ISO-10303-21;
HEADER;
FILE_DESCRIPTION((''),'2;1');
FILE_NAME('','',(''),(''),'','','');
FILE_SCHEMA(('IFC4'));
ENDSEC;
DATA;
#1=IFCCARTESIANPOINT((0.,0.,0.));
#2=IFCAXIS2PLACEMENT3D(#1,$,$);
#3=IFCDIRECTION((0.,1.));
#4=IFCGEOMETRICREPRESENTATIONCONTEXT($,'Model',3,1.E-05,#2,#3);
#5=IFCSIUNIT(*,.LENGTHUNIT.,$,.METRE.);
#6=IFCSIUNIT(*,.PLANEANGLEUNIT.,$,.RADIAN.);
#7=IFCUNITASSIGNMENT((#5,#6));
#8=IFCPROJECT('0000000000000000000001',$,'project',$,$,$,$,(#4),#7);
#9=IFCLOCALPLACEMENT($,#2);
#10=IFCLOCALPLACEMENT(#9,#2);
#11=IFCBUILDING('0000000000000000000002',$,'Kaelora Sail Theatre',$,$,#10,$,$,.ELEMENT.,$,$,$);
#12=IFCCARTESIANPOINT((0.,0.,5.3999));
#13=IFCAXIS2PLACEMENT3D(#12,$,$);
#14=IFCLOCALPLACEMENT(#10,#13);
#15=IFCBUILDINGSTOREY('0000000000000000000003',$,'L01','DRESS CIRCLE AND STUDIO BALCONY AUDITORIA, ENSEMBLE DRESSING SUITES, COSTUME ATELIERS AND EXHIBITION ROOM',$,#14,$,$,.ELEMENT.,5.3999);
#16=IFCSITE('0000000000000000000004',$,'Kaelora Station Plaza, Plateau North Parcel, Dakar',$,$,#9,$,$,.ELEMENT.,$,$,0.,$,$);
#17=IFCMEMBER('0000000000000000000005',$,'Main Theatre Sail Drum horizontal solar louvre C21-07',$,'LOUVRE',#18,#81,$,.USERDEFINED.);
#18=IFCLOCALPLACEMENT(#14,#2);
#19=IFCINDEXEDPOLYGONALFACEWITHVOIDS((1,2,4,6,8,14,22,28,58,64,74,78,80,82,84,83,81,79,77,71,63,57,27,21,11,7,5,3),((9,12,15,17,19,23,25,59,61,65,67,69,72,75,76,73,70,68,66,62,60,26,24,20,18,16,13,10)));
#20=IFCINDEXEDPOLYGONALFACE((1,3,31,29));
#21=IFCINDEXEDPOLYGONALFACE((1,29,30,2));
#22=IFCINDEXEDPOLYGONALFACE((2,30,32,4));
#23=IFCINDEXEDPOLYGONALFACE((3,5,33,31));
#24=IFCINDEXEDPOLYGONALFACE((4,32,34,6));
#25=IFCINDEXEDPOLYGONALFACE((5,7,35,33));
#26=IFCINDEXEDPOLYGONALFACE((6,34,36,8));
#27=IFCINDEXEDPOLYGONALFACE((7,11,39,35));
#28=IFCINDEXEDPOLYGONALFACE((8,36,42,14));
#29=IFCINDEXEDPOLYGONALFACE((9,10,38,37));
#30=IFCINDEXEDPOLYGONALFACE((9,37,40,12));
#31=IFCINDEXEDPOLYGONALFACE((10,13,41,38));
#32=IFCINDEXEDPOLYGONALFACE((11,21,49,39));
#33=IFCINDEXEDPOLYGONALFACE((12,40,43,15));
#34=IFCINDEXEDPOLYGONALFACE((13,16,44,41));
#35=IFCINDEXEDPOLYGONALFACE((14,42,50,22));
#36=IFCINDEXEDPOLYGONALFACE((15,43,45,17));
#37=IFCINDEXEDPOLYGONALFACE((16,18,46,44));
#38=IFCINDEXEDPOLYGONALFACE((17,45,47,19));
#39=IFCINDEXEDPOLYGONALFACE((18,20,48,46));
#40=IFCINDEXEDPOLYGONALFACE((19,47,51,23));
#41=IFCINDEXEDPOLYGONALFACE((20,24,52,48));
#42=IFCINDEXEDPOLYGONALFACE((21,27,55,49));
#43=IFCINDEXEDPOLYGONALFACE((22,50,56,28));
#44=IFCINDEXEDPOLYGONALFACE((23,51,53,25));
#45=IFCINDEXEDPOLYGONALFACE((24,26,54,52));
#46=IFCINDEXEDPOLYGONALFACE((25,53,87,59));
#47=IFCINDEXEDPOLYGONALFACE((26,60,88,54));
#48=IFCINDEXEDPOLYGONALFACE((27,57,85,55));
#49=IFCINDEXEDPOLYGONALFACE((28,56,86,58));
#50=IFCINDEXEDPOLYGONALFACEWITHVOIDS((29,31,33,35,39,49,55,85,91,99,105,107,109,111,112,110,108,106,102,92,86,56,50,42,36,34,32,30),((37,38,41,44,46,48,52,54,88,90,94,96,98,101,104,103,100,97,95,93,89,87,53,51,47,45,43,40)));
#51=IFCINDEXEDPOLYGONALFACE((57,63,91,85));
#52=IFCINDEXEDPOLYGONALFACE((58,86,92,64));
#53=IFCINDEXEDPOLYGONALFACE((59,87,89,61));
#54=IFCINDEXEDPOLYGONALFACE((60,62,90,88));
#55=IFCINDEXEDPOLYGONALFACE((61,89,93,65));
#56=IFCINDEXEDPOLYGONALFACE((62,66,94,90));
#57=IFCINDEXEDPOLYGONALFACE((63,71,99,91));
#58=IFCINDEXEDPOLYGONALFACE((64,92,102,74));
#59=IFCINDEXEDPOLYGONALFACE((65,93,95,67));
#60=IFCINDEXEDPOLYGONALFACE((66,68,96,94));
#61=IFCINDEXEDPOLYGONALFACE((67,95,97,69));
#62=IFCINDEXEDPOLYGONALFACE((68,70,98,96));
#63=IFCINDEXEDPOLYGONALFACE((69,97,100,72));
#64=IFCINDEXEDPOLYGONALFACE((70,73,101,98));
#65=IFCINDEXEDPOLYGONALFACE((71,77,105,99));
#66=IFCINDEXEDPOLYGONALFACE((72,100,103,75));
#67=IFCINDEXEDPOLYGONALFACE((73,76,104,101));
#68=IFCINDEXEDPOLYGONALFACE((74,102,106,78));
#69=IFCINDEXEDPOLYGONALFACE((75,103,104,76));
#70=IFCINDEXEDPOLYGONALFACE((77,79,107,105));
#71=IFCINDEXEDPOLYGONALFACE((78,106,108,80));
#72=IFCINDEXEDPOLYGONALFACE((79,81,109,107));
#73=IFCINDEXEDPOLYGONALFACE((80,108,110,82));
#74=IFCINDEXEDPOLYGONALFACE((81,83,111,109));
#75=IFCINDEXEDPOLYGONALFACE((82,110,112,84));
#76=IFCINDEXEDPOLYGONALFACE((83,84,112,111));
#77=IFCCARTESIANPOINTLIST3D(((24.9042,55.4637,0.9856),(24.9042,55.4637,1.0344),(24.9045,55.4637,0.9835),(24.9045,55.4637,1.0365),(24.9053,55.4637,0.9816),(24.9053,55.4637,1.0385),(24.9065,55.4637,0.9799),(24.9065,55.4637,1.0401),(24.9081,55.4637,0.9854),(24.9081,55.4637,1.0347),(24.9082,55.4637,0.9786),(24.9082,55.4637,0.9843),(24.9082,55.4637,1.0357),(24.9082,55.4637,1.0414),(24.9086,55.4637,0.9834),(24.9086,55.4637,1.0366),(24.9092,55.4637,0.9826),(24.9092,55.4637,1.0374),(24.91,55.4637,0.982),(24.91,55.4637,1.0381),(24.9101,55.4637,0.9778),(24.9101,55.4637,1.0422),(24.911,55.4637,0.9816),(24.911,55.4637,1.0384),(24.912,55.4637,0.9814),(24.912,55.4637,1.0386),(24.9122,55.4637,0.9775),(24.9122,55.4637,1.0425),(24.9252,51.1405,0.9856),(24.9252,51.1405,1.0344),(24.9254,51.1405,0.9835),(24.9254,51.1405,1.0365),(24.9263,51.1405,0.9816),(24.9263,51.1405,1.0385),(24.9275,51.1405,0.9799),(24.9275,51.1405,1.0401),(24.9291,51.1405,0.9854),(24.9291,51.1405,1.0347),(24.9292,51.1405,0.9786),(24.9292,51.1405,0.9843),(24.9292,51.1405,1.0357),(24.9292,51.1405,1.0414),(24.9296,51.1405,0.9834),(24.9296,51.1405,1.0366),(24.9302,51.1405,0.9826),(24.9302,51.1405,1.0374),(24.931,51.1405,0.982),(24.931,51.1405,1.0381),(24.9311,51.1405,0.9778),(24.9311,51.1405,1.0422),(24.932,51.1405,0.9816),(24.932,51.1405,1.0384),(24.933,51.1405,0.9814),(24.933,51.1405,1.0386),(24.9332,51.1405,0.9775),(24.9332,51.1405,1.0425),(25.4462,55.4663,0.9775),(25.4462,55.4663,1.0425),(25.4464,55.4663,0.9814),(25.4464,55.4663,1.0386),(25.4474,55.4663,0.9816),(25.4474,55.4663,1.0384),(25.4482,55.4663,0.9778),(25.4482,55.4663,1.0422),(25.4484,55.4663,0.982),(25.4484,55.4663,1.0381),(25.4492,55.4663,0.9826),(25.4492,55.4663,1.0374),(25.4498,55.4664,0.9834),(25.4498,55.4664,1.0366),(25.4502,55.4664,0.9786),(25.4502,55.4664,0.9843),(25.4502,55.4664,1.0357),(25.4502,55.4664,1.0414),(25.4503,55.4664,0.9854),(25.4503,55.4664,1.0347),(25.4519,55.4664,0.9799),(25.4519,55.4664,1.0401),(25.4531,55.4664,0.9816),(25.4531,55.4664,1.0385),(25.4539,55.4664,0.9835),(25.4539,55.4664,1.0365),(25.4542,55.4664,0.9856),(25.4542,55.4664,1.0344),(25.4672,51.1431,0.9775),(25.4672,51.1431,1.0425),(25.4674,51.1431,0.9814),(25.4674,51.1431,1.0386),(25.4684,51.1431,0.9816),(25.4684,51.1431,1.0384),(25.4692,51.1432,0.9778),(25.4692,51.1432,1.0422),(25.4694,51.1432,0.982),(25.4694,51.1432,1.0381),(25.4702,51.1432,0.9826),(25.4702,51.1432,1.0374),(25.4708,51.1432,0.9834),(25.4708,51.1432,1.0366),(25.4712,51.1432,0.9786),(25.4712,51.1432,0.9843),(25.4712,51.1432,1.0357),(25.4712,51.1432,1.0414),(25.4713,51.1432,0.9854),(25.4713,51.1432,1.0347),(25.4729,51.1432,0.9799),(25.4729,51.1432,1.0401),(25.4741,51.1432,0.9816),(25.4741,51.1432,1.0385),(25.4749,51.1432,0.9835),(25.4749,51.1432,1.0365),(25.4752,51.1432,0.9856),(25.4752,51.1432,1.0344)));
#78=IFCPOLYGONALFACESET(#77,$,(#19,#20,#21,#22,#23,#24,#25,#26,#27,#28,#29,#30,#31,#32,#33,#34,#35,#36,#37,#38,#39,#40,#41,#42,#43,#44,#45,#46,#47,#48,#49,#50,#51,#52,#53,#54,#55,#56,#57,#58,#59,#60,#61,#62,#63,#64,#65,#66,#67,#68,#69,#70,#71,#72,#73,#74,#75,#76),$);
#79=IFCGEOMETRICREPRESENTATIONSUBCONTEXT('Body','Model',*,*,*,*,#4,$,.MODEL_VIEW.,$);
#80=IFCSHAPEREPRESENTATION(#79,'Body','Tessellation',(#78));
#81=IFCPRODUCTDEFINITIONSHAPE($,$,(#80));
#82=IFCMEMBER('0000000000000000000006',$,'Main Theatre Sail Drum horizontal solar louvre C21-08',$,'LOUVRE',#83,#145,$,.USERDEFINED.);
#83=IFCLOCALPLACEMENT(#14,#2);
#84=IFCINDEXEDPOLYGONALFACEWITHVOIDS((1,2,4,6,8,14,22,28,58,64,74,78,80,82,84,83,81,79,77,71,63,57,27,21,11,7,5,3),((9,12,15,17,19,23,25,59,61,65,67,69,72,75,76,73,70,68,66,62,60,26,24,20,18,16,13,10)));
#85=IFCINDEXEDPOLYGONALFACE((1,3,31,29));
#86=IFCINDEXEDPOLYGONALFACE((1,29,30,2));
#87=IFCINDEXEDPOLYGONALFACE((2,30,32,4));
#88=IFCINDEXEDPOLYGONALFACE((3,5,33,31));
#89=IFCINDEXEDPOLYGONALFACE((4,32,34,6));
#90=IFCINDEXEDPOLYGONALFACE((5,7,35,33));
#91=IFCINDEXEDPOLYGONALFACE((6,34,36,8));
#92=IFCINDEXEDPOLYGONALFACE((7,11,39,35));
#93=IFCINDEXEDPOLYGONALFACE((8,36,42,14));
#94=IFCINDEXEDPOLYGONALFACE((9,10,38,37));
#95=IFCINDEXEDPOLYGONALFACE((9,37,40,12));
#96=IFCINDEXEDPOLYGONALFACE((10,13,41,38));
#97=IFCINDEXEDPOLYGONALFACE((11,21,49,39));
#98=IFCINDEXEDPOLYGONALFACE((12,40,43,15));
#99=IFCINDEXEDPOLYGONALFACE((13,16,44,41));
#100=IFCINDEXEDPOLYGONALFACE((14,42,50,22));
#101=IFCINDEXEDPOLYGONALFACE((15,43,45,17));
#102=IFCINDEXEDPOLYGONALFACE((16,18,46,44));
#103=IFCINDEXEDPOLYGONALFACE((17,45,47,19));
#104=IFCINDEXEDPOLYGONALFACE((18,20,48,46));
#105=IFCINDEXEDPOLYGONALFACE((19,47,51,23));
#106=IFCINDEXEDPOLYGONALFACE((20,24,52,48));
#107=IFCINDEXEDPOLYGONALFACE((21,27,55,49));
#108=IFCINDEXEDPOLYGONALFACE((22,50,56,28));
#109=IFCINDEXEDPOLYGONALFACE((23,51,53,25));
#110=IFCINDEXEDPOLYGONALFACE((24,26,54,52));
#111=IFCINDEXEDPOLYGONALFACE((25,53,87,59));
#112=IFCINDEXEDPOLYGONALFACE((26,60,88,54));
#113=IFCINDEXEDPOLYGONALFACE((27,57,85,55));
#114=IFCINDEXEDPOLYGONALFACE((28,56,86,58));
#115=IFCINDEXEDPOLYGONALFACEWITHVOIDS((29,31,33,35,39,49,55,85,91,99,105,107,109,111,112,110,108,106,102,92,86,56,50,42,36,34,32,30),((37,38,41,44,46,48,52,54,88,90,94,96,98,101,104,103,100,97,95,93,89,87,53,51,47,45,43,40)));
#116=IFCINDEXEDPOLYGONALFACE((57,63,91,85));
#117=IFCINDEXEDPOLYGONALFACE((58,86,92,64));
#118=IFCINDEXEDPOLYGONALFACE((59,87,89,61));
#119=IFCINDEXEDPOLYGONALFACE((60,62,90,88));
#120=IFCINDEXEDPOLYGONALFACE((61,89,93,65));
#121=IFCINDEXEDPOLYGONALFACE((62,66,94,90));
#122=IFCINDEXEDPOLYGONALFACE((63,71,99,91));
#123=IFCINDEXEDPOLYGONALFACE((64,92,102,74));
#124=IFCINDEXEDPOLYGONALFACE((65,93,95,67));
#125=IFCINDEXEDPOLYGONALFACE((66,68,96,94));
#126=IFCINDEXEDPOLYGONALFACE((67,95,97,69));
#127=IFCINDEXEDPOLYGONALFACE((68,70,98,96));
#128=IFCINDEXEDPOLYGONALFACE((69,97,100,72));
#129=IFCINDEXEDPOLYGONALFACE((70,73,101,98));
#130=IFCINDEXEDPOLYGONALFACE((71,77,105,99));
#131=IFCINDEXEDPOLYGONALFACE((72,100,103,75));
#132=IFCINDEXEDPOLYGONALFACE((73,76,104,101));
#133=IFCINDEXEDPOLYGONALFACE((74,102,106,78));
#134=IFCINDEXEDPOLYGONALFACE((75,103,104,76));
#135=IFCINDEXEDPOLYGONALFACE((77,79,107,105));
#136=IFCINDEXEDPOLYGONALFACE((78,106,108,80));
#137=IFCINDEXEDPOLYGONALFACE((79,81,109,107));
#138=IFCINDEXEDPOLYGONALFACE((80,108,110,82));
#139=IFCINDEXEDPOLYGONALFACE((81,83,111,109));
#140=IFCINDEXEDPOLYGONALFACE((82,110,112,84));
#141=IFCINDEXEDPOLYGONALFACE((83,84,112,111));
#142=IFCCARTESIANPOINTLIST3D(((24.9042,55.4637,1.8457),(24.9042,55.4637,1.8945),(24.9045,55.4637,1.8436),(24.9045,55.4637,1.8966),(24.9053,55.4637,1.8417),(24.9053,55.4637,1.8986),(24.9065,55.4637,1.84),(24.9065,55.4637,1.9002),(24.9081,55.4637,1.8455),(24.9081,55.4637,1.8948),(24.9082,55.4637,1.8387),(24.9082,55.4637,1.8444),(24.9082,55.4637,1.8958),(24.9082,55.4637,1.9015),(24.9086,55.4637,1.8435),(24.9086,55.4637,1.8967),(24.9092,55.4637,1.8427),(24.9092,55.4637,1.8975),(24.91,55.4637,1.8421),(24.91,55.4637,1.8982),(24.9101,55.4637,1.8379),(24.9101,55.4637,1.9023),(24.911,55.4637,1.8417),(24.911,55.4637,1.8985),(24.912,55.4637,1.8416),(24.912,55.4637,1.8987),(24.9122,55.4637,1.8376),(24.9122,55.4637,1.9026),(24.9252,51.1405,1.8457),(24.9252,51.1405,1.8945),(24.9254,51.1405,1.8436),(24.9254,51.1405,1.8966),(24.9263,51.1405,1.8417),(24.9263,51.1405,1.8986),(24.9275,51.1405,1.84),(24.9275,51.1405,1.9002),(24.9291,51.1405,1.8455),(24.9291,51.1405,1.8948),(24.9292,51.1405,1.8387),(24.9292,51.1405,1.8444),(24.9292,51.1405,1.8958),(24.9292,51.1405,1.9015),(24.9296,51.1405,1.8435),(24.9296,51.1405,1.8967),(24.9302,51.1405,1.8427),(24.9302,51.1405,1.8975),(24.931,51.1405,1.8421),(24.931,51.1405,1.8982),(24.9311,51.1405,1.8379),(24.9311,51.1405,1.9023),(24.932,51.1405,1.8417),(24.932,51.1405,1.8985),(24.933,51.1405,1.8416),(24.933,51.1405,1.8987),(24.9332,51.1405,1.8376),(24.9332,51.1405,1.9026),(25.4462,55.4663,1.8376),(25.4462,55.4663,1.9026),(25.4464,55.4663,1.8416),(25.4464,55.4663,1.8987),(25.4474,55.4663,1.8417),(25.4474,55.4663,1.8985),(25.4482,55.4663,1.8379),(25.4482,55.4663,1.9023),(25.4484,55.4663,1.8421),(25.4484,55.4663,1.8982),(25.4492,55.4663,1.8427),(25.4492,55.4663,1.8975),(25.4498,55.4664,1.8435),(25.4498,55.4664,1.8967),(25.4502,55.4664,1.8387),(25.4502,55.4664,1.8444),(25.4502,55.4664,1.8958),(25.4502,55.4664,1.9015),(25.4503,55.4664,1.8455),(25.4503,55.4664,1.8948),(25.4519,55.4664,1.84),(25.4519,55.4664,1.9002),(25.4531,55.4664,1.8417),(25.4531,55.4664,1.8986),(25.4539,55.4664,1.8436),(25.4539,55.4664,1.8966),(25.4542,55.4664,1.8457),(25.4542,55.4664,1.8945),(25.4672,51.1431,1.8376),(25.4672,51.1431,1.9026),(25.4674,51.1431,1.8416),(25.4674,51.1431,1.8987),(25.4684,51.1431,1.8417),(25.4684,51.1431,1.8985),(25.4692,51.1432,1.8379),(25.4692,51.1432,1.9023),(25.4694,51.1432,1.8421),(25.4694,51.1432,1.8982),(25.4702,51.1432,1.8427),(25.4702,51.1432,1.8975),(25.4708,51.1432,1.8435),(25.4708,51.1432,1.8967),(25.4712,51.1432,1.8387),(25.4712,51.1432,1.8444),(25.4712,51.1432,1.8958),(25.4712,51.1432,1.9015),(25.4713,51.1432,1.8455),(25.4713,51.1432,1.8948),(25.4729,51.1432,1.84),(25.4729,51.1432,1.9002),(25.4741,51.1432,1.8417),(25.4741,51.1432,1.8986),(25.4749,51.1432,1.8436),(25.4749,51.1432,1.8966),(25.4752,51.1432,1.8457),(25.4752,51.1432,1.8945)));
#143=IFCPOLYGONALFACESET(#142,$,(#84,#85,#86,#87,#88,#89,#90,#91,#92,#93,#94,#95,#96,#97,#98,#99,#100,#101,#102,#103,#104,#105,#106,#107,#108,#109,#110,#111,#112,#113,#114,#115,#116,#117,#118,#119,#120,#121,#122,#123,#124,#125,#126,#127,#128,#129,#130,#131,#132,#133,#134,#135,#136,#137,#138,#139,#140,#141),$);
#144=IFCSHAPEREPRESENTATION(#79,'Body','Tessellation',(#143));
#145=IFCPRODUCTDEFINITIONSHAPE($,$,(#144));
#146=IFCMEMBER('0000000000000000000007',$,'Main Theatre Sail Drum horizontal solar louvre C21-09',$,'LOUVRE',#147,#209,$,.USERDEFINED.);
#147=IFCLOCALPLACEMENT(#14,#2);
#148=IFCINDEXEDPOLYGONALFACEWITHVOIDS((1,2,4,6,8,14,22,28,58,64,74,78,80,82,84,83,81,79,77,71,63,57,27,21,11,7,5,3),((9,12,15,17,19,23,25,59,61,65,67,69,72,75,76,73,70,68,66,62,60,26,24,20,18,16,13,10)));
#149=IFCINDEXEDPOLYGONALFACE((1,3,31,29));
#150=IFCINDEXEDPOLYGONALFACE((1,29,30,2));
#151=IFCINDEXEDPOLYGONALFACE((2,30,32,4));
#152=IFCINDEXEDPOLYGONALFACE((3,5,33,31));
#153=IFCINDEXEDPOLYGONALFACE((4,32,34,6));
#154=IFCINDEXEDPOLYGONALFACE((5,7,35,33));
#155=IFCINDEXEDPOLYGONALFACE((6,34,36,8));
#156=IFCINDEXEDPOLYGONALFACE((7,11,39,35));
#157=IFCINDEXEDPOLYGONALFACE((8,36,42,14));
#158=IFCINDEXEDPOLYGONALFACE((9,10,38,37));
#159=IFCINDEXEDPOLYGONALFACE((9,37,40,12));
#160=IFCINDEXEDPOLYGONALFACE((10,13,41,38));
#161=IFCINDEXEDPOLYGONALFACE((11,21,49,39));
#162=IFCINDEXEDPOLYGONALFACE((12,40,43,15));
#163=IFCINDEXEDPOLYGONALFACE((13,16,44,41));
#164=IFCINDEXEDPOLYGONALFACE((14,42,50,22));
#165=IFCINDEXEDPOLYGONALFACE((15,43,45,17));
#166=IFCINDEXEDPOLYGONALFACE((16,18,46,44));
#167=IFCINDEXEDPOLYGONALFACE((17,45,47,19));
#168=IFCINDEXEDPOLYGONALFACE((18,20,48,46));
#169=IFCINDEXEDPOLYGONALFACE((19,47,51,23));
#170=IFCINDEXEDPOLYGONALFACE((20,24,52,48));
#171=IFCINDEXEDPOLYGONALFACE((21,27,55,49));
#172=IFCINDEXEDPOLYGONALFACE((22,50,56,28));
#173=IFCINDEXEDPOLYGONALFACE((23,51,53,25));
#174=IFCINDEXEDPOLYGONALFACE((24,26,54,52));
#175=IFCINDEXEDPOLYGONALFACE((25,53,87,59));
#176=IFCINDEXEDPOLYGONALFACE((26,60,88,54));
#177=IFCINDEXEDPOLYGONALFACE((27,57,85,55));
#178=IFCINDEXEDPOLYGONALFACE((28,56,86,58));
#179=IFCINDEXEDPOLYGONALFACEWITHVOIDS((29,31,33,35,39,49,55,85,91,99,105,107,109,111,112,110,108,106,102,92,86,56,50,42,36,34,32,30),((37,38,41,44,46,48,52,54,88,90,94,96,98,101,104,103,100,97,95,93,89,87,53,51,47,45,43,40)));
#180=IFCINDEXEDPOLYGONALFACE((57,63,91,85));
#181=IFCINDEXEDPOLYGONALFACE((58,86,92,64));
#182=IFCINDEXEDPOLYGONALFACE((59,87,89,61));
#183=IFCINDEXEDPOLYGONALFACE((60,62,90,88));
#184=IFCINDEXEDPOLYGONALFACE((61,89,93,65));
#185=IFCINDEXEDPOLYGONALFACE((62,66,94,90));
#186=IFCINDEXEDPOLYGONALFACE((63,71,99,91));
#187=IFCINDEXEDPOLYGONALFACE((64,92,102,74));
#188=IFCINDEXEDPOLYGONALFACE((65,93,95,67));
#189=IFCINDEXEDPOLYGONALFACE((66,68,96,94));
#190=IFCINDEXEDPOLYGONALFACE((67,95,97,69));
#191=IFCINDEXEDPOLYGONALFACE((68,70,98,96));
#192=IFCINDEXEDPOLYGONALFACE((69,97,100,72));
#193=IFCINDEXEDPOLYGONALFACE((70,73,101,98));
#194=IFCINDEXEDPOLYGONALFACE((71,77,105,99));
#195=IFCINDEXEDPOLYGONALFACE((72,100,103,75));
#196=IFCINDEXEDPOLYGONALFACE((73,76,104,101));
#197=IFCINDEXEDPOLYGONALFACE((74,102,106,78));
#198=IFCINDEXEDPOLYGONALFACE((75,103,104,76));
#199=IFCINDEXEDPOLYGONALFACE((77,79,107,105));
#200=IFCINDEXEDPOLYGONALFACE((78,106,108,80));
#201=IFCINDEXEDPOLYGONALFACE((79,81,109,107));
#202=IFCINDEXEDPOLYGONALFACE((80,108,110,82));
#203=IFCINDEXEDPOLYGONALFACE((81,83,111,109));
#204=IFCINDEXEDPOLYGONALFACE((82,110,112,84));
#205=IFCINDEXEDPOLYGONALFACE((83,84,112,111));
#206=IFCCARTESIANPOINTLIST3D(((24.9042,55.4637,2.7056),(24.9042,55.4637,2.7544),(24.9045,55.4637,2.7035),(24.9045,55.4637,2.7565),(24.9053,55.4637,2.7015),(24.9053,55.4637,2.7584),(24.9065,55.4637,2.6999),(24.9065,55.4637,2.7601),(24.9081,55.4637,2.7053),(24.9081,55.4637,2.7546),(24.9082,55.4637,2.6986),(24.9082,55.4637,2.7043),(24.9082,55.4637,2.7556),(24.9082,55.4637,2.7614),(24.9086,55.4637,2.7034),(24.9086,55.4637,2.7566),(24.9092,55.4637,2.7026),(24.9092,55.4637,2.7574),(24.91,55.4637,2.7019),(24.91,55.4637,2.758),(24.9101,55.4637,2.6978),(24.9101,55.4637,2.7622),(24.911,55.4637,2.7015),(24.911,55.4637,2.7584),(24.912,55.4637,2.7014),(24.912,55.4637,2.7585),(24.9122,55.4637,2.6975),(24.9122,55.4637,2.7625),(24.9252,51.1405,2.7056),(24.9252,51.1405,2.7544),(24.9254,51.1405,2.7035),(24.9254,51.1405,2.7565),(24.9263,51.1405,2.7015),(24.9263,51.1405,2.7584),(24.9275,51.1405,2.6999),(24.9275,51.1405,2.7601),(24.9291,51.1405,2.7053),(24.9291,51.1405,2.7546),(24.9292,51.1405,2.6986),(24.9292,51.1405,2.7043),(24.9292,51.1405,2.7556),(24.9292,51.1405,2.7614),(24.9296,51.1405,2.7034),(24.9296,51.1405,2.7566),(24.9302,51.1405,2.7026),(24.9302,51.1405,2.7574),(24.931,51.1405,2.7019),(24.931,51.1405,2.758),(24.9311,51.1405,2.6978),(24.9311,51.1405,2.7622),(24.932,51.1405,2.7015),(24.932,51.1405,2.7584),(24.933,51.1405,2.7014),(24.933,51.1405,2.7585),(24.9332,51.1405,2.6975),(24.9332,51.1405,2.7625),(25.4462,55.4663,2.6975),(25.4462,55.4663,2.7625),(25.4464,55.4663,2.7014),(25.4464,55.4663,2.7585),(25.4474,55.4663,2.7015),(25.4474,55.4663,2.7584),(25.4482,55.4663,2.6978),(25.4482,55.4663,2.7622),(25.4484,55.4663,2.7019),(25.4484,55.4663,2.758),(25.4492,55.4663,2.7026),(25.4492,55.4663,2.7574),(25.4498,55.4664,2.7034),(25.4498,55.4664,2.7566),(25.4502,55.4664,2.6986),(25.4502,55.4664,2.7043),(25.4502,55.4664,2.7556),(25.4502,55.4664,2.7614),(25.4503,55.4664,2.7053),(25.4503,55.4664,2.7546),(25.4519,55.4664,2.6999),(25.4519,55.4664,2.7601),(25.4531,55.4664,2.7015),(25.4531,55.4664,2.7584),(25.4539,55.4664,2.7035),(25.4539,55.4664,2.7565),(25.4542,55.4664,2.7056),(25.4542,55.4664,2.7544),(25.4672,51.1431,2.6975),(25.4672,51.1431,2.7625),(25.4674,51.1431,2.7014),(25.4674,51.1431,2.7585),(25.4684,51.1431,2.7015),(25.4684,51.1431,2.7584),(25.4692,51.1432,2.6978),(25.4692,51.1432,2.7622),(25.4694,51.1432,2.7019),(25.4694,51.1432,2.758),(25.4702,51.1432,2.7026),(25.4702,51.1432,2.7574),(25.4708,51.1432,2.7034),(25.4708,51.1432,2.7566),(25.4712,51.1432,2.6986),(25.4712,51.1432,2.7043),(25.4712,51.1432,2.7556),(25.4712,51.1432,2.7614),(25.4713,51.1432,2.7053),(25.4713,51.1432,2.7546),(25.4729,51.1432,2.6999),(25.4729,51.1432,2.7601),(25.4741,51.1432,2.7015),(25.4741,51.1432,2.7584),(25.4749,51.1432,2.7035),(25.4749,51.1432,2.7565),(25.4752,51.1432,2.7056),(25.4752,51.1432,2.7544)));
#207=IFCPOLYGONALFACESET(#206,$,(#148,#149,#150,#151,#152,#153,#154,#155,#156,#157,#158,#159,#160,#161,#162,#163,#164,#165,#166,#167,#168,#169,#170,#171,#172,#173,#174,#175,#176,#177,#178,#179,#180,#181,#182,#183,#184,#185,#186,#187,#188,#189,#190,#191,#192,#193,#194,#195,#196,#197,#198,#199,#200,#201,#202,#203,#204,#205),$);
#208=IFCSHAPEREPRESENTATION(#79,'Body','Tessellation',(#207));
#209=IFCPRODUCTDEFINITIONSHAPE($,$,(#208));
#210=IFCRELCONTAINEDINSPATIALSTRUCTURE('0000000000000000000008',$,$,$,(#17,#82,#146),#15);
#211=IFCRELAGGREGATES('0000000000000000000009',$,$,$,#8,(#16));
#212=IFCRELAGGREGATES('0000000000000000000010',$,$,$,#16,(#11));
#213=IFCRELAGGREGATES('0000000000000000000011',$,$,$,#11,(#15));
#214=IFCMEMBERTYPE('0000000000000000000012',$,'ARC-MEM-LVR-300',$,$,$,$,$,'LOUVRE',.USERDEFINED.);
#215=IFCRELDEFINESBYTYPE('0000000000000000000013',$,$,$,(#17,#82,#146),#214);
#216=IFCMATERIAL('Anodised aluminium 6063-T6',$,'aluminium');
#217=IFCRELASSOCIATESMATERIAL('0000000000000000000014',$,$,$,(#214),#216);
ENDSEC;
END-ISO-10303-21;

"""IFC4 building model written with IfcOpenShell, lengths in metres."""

from ifc_helpers import new_model, si_unit, direction, frame, origin, origin_2d, place, context, subcontext, project, spatial, hollow_rectangle, extrude, material, material_profile, profile_set, type_object, element, save


model = new_model("IFC4")

# Units and contexts
model_context = context("Model", 3, precision=1e-05, world=origin(), true_north=direction((0.0, 1.0)))
body_context = subcontext(model_context, "Body", "Model", "MODEL_VIEW")
ifc_project = project(units=[si_unit("LENGTHUNIT", "METRE"), si_unit("PLANEANGLEUNIT", "RADIAN")], contexts=[model_context])

# Site, building, storey
site_placement = place(None, origin())
site = spatial("IfcSite", under=ifc_project, at=site_placement, Name="Kaelora Station Plaza, Plateau North Parcel, Dakar", CompositionType="ELEMENT", RefElevation=0.0)
building_placement = place(site_placement, origin())
building = spatial("IfcBuilding", under=site, at=building_placement, Name="Kaelora Sail Theatre", CompositionType="ELEMENT")
storey_placement = place(building_placement, frame((0.0, 0.0, 5.3999)))
storey = spatial("IfcBuildingStorey", under=building, at=storey_placement, Name="L01", Description="DRESS CIRCLE AND STUDIO BALCONY AUDITORIA, ENSEMBLE DRESSING SUITES, COSTUME ATELIERS AND EXHIBITION ROOM", CompositionType="ELEMENT", Elevation=5.3999)

# Members
ifc_material_1 = material(Name="Anodised aluminium 6063-T6", Category="aluminium")
ifc_material_profile_1 = material_profile(ifc_material_1, hollow_rectangle(XDim=0.55, YDim=0.0649, WallThickness=0.0039, InnerFilletRadius=0.0039, OuterFilletRadius=0.0081, at=origin_2d()), Name="LOUVRE 550x65x4")
ifc_profile_set_1 = profile_set([ifc_material_profile_1], Name="Anodised aluminium 6063-T6")
member_type = type_object("IfcMemberType", Name="ARC-MEM-LVR-300", ElementType="LOUVRE", PredefinedType="USERDEFINED", material=ifc_profile_set_1)
for number, where, z_axis, x_axis, name in (
    (1, (25.2002, 51.1418, 1.01), (-0.004857, 0.999988, 0.0), (-0.999988, -0.004857, 0.0), "Main Theatre Sail Drum horizontal solar louvre C21-07"),
    (2, (25.2002, 51.1418, 1.8701), (-0.004857, 0.999988, 0.0), (-0.999988, -0.004857, 0.0), "Main Theatre Sail Drum horizontal solar louvre C21-08"),
    (3, (25.2002, 51.1418, 2.73), (-0.004857, 0.999988, 0.0), (-0.999988, -0.004857, 0.0), "Main Theatre Sail Drum horizontal solar louvre C21-09"),
):
    element("IfcMember", number, at=place(storey_placement, frame(where, z_axis=z_axis, x_axis=x_axis)), inside=storey, type_object=member_type, Name=name, ObjectType="LOUVRE", PredefinedType="USERDEFINED", context=body_context, shape_type="SweptSolid", body=[
        extrude(hollow_rectangle(XDim=0.55, YDim=0.0649, WallThickness=0.0039, InnerFilletRadius=0.0039, OuterFilletRadius=0.0081, at=origin_2d()), origin(), (0.0, 0.0, 1.0), 4.3232),
    ])

save(model, "model.ifc")
